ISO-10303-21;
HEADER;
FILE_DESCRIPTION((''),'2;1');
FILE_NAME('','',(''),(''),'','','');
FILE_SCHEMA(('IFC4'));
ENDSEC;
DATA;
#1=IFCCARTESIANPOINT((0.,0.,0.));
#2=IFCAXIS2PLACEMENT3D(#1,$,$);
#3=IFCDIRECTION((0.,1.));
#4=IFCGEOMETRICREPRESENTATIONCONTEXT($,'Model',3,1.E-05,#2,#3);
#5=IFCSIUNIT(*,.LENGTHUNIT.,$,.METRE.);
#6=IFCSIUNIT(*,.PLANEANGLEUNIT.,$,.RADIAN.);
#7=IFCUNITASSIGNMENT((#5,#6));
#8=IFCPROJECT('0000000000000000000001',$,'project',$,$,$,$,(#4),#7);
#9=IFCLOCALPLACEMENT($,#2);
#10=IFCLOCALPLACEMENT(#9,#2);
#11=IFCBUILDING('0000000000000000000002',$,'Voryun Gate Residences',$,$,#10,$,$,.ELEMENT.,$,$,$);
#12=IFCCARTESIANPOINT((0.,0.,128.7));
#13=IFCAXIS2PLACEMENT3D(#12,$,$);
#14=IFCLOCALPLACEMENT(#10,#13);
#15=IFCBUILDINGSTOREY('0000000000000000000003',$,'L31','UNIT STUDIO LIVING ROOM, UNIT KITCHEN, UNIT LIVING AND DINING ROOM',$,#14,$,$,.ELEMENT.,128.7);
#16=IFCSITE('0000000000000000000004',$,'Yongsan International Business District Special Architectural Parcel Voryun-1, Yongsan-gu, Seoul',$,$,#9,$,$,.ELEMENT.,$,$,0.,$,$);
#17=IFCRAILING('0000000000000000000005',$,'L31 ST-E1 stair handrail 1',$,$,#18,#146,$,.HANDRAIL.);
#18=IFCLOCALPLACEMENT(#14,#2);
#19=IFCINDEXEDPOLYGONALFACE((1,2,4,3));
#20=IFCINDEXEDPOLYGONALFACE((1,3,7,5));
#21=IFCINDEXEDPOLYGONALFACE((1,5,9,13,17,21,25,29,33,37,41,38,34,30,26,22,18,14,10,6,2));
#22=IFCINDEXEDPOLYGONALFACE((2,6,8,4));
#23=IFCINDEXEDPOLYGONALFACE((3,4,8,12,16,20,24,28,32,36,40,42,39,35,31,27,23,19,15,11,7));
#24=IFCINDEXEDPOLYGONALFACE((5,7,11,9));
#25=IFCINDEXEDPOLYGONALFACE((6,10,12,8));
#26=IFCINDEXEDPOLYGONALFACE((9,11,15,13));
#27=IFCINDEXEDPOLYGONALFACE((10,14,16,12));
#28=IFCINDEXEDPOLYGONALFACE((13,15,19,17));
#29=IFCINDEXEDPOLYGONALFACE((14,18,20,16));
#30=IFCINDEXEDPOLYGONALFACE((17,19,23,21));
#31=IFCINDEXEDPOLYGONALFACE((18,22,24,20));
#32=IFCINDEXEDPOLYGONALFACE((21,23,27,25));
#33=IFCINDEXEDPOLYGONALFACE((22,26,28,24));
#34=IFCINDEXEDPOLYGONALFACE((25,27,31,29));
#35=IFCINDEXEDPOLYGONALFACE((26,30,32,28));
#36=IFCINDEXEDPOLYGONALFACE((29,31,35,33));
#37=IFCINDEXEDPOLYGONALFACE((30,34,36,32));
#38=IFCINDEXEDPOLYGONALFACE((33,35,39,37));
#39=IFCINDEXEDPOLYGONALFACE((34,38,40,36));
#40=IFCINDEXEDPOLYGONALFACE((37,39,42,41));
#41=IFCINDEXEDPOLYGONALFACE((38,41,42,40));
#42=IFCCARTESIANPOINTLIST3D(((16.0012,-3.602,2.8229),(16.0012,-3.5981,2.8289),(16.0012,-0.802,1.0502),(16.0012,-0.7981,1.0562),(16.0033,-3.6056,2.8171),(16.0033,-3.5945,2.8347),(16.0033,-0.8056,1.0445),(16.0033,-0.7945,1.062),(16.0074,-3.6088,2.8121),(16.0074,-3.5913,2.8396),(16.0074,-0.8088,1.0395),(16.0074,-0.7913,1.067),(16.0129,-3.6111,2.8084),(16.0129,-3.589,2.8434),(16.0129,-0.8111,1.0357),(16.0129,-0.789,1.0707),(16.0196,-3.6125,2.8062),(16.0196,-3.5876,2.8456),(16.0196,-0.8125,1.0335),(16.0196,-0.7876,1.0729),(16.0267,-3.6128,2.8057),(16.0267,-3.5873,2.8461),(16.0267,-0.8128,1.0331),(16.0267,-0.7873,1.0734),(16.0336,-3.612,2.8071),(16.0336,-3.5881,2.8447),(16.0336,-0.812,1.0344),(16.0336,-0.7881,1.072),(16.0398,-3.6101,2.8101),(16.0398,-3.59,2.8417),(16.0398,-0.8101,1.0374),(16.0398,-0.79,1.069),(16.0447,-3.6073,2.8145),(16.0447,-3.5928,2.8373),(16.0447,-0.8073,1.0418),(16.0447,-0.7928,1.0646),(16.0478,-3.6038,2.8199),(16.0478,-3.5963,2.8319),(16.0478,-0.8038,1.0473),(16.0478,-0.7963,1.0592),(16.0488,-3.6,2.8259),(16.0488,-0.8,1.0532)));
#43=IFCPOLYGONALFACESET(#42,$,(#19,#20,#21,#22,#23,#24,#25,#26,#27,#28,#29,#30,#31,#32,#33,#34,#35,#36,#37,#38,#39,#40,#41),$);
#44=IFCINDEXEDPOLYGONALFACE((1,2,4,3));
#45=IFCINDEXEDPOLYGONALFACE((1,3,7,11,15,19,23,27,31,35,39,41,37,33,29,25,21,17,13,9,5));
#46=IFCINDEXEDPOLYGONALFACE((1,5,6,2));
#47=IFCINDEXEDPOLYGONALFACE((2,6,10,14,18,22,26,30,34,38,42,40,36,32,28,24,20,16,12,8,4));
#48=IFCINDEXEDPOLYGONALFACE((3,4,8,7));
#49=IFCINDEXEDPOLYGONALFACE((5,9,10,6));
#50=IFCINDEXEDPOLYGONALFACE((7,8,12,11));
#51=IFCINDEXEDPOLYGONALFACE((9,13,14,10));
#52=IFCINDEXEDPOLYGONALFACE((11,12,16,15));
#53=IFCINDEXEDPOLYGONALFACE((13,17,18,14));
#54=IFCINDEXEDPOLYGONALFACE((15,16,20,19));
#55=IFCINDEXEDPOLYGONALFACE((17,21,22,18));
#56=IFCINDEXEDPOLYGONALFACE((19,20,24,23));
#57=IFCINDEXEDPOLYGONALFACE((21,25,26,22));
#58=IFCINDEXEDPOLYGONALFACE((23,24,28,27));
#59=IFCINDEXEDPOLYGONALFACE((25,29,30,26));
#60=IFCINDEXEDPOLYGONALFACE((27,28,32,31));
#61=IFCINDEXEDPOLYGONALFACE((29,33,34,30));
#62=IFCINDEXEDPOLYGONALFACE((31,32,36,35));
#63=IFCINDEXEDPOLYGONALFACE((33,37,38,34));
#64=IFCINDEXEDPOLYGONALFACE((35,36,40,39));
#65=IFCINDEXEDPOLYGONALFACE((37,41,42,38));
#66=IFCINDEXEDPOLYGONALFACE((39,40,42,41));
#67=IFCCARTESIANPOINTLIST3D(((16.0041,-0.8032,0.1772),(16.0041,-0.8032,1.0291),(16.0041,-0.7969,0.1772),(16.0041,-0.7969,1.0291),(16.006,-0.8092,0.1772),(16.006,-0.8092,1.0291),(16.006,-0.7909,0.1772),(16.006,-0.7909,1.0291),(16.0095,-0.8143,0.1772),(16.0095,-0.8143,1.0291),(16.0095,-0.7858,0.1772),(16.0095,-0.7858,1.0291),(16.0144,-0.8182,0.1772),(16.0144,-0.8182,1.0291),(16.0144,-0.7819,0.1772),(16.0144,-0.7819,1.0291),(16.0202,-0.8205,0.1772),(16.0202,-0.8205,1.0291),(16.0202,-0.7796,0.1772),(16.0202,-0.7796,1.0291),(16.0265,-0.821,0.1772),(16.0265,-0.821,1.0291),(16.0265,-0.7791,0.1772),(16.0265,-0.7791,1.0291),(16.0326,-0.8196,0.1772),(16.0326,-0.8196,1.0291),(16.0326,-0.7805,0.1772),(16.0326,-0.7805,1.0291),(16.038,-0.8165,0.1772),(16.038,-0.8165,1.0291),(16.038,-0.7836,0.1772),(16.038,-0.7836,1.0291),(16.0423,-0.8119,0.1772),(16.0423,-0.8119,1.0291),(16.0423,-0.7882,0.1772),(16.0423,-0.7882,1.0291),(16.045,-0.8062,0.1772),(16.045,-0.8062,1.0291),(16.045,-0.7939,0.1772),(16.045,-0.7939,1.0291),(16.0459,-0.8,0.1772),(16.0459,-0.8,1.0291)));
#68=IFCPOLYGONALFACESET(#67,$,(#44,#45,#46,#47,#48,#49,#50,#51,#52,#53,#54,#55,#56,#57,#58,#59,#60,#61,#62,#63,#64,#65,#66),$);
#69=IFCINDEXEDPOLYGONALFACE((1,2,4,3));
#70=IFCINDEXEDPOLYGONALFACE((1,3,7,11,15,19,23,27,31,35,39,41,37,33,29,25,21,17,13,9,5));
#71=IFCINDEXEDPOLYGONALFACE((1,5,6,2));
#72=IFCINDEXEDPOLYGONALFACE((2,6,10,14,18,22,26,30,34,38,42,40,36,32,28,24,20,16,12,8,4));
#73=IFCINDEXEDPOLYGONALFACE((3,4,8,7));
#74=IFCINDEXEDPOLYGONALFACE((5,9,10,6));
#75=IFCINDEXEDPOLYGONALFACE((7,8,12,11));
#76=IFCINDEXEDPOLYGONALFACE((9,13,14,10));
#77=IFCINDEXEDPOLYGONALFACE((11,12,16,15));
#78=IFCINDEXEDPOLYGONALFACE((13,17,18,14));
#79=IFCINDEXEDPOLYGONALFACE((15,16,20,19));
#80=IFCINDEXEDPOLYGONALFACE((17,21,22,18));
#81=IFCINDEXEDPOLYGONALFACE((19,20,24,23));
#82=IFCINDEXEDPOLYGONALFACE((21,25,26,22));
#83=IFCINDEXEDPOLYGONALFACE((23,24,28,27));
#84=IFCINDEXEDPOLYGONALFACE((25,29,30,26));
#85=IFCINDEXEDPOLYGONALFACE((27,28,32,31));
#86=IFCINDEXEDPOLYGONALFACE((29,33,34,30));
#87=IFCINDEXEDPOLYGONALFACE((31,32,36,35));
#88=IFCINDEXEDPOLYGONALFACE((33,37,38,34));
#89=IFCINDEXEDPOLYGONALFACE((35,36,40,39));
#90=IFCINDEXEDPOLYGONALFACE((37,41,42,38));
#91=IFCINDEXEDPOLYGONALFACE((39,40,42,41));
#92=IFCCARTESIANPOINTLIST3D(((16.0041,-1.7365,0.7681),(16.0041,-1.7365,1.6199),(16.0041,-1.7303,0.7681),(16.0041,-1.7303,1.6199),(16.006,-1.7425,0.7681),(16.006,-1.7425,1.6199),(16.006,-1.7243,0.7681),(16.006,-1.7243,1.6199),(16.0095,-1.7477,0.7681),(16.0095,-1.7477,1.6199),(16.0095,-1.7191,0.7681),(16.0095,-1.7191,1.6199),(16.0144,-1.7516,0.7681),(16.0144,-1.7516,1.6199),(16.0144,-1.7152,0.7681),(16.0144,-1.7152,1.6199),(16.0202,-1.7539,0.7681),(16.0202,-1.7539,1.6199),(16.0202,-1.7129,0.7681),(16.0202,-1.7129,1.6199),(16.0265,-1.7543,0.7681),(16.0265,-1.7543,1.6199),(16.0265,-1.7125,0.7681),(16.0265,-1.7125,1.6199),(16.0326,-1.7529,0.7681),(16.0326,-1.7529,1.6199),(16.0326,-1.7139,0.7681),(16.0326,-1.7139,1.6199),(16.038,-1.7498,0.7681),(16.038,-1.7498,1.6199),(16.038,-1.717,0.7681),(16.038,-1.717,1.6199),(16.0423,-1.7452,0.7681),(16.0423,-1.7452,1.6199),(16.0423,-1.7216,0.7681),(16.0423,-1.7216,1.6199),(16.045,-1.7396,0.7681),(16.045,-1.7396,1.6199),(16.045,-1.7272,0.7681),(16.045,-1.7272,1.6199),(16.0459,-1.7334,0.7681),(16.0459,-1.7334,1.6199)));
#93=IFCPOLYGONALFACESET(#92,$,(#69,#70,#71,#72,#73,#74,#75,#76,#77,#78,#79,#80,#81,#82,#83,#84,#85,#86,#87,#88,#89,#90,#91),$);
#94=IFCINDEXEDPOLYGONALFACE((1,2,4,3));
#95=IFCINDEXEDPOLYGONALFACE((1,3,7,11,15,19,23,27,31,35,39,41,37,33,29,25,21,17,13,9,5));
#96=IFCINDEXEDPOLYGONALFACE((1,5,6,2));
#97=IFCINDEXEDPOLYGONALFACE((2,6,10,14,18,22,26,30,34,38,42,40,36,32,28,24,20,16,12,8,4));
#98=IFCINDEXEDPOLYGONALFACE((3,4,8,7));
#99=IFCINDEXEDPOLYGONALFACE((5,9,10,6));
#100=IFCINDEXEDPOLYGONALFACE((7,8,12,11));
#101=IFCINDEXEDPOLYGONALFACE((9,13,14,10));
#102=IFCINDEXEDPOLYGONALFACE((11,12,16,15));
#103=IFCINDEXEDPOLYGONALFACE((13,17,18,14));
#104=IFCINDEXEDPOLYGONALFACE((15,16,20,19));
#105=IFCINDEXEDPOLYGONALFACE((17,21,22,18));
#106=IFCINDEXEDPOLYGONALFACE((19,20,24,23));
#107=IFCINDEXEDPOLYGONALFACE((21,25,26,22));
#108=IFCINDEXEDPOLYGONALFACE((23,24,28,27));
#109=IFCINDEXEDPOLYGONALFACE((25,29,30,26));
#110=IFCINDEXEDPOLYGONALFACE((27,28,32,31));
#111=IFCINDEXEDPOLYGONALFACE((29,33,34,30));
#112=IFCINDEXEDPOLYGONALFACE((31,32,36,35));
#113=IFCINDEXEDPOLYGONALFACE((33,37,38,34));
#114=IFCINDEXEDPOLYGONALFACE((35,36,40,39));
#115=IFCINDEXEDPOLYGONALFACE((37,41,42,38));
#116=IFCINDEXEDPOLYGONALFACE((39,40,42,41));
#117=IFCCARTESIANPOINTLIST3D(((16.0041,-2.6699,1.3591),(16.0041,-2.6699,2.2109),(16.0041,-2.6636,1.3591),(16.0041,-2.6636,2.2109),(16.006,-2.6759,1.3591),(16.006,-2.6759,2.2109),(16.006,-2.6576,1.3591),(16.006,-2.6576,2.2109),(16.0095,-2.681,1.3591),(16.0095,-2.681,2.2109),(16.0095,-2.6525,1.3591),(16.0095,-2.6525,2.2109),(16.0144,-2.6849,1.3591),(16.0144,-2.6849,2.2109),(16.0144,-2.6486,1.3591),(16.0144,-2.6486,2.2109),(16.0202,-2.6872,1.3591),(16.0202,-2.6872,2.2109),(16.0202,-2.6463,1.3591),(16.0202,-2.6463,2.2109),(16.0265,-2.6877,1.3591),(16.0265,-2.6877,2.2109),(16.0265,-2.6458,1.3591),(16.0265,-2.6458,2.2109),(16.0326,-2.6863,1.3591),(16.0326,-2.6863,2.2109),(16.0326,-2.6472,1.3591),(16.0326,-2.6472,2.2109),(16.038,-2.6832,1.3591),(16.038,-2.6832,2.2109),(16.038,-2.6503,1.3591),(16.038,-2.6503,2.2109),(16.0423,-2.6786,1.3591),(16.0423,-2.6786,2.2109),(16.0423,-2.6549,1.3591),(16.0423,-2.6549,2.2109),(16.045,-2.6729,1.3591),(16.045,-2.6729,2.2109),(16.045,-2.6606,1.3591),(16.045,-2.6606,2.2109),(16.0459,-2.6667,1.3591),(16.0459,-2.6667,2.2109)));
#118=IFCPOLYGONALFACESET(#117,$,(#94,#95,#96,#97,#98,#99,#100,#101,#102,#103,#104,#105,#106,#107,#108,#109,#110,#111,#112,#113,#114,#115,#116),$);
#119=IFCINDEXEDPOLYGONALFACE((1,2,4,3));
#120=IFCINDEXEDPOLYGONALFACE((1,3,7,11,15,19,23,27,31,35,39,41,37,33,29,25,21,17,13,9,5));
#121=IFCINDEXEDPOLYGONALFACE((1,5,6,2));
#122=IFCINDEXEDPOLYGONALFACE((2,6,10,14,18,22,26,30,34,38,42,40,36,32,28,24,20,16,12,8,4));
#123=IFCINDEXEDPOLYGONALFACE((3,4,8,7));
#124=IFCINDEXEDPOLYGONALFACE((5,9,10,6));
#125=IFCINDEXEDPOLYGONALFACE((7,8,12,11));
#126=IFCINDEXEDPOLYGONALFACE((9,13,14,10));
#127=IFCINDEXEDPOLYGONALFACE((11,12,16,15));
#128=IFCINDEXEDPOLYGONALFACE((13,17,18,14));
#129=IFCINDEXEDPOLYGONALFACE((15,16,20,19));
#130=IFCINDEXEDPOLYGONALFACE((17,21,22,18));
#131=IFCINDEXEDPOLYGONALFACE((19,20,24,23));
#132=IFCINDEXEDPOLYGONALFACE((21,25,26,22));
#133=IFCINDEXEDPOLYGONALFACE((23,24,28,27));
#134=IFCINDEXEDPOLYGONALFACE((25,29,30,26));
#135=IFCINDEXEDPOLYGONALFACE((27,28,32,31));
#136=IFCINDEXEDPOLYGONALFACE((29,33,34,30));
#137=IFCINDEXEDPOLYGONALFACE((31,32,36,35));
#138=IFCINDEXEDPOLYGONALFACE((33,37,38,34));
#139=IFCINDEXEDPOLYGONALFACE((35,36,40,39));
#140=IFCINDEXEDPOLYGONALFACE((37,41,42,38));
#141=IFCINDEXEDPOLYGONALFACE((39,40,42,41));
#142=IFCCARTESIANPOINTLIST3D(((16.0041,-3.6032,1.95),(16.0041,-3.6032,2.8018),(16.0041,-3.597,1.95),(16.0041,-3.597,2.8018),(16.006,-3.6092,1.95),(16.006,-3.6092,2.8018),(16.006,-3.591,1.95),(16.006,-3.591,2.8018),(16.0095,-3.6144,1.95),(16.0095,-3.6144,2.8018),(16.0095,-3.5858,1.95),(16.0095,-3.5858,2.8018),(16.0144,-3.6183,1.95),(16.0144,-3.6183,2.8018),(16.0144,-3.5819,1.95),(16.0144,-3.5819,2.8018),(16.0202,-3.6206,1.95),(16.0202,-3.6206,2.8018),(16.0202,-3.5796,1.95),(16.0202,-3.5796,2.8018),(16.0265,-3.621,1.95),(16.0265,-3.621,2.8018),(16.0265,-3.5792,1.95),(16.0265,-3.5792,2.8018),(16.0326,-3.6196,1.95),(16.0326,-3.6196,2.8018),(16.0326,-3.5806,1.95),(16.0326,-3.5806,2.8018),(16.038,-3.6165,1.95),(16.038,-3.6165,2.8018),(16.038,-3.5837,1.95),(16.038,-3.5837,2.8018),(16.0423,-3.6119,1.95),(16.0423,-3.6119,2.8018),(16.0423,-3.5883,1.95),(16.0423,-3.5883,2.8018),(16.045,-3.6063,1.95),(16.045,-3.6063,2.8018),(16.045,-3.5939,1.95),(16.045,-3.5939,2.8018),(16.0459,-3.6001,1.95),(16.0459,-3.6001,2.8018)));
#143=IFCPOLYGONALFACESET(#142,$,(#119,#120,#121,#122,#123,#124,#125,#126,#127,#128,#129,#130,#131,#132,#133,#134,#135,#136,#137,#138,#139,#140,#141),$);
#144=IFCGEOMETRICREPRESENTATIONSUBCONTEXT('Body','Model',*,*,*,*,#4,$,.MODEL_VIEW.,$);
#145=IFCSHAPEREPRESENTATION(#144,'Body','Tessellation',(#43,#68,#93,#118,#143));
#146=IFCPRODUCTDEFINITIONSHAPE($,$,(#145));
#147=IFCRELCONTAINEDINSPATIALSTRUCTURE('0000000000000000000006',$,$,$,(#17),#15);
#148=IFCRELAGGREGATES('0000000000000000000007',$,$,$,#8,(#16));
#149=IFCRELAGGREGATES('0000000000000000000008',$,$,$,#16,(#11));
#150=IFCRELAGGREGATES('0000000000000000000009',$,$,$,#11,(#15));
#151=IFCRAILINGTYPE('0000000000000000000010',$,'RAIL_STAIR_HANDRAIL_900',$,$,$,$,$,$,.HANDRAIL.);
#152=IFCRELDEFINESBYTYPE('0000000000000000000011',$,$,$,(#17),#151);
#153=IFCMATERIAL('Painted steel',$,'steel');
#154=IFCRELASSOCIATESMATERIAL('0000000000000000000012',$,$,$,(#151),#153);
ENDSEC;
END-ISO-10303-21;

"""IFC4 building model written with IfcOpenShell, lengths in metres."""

from ifc_helpers import new_model, si_unit, direction, frame, origin, origin_2d, place, context, subcontext, project, spatial, circle, extrude, material, type_object, element, save


model = new_model("IFC4")

# Units and contexts
model_context = context("Model", 3, precision=1e-05, world=origin(), true_north=direction((0.0, 1.0)))
body_context = subcontext(model_context, "Body", "Model", "MODEL_VIEW")
ifc_project = project(units=[si_unit("LENGTHUNIT", "METRE"), si_unit("PLANEANGLEUNIT", "RADIAN")], contexts=[model_context])

# Site, building, storey
site_placement = place(None, origin())
site = spatial("IfcSite", under=ifc_project, at=site_placement, Name="Yongsan International Business District Special Architectural Parcel Voryun-1, Yongsan-gu, Seoul", CompositionType="ELEMENT", RefElevation=0.0)
building_placement = place(site_placement, origin())
building = spatial("IfcBuilding", under=site, at=building_placement, Name="Voryun Gate Residences", CompositionType="ELEMENT")
storey_placement = place(building_placement, frame((0.0, 0.0, 128.7)))
storey = spatial("IfcBuildingStorey", under=building, at=storey_placement, Name="L31", Description="UNIT STUDIO LIVING ROOM, UNIT KITCHEN, UNIT LIVING AND DINING ROOM", CompositionType="ELEMENT", Elevation=128.7)

# Railing
ifc_material_1 = material(Name="Painted steel", Category="steel")
railing_type_1 = type_object("IfcRailingType", Name="RAIL_STAIR_HANDRAIL_900", PredefinedType="HANDRAIL", material=ifc_material_1)
railing_1_placement = place(storey_placement, frame((16.0249, -0.8, 0.1772)))
element("IfcRailing", 1, at=railing_1_placement, inside=storey, type_object=railing_type_1, Name="L31 ST-E1 stair handrail 1", PredefinedType="HANDRAIL", context=body_context, shape_type="SweptSolid", body=[
    extrude(circle(Radius=0.0239, at=origin_2d()), frame((0.0, 0.0, 0.876), z_axis=(0.0, -0.844909, 0.53491), x_axis=(1.0, 0.0, 0.0)), (0.0, 0.0, 1.0), 3.314),
    extrude(circle(Radius=0.021, at=origin_2d()), origin(), (0.0, 0.0, 1.0), 0.8518),
    extrude(circle(Radius=0.021, at=origin_2d()), frame((0.0, -0.9333, 0.5908)), (0.0, 0.0, 1.0), 0.8518),
    extrude(circle(Radius=0.021, at=origin_2d()), frame((0.0, -1.8667, 1.1819)), (0.0, 0.0, 1.0), 0.8518),
    extrude(circle(Radius=0.021, at=origin_2d()), frame((0.0, -2.8, 1.7727)), (0.0, 0.0, 1.0), 0.8518),
])

save(model, "model.ifc")
